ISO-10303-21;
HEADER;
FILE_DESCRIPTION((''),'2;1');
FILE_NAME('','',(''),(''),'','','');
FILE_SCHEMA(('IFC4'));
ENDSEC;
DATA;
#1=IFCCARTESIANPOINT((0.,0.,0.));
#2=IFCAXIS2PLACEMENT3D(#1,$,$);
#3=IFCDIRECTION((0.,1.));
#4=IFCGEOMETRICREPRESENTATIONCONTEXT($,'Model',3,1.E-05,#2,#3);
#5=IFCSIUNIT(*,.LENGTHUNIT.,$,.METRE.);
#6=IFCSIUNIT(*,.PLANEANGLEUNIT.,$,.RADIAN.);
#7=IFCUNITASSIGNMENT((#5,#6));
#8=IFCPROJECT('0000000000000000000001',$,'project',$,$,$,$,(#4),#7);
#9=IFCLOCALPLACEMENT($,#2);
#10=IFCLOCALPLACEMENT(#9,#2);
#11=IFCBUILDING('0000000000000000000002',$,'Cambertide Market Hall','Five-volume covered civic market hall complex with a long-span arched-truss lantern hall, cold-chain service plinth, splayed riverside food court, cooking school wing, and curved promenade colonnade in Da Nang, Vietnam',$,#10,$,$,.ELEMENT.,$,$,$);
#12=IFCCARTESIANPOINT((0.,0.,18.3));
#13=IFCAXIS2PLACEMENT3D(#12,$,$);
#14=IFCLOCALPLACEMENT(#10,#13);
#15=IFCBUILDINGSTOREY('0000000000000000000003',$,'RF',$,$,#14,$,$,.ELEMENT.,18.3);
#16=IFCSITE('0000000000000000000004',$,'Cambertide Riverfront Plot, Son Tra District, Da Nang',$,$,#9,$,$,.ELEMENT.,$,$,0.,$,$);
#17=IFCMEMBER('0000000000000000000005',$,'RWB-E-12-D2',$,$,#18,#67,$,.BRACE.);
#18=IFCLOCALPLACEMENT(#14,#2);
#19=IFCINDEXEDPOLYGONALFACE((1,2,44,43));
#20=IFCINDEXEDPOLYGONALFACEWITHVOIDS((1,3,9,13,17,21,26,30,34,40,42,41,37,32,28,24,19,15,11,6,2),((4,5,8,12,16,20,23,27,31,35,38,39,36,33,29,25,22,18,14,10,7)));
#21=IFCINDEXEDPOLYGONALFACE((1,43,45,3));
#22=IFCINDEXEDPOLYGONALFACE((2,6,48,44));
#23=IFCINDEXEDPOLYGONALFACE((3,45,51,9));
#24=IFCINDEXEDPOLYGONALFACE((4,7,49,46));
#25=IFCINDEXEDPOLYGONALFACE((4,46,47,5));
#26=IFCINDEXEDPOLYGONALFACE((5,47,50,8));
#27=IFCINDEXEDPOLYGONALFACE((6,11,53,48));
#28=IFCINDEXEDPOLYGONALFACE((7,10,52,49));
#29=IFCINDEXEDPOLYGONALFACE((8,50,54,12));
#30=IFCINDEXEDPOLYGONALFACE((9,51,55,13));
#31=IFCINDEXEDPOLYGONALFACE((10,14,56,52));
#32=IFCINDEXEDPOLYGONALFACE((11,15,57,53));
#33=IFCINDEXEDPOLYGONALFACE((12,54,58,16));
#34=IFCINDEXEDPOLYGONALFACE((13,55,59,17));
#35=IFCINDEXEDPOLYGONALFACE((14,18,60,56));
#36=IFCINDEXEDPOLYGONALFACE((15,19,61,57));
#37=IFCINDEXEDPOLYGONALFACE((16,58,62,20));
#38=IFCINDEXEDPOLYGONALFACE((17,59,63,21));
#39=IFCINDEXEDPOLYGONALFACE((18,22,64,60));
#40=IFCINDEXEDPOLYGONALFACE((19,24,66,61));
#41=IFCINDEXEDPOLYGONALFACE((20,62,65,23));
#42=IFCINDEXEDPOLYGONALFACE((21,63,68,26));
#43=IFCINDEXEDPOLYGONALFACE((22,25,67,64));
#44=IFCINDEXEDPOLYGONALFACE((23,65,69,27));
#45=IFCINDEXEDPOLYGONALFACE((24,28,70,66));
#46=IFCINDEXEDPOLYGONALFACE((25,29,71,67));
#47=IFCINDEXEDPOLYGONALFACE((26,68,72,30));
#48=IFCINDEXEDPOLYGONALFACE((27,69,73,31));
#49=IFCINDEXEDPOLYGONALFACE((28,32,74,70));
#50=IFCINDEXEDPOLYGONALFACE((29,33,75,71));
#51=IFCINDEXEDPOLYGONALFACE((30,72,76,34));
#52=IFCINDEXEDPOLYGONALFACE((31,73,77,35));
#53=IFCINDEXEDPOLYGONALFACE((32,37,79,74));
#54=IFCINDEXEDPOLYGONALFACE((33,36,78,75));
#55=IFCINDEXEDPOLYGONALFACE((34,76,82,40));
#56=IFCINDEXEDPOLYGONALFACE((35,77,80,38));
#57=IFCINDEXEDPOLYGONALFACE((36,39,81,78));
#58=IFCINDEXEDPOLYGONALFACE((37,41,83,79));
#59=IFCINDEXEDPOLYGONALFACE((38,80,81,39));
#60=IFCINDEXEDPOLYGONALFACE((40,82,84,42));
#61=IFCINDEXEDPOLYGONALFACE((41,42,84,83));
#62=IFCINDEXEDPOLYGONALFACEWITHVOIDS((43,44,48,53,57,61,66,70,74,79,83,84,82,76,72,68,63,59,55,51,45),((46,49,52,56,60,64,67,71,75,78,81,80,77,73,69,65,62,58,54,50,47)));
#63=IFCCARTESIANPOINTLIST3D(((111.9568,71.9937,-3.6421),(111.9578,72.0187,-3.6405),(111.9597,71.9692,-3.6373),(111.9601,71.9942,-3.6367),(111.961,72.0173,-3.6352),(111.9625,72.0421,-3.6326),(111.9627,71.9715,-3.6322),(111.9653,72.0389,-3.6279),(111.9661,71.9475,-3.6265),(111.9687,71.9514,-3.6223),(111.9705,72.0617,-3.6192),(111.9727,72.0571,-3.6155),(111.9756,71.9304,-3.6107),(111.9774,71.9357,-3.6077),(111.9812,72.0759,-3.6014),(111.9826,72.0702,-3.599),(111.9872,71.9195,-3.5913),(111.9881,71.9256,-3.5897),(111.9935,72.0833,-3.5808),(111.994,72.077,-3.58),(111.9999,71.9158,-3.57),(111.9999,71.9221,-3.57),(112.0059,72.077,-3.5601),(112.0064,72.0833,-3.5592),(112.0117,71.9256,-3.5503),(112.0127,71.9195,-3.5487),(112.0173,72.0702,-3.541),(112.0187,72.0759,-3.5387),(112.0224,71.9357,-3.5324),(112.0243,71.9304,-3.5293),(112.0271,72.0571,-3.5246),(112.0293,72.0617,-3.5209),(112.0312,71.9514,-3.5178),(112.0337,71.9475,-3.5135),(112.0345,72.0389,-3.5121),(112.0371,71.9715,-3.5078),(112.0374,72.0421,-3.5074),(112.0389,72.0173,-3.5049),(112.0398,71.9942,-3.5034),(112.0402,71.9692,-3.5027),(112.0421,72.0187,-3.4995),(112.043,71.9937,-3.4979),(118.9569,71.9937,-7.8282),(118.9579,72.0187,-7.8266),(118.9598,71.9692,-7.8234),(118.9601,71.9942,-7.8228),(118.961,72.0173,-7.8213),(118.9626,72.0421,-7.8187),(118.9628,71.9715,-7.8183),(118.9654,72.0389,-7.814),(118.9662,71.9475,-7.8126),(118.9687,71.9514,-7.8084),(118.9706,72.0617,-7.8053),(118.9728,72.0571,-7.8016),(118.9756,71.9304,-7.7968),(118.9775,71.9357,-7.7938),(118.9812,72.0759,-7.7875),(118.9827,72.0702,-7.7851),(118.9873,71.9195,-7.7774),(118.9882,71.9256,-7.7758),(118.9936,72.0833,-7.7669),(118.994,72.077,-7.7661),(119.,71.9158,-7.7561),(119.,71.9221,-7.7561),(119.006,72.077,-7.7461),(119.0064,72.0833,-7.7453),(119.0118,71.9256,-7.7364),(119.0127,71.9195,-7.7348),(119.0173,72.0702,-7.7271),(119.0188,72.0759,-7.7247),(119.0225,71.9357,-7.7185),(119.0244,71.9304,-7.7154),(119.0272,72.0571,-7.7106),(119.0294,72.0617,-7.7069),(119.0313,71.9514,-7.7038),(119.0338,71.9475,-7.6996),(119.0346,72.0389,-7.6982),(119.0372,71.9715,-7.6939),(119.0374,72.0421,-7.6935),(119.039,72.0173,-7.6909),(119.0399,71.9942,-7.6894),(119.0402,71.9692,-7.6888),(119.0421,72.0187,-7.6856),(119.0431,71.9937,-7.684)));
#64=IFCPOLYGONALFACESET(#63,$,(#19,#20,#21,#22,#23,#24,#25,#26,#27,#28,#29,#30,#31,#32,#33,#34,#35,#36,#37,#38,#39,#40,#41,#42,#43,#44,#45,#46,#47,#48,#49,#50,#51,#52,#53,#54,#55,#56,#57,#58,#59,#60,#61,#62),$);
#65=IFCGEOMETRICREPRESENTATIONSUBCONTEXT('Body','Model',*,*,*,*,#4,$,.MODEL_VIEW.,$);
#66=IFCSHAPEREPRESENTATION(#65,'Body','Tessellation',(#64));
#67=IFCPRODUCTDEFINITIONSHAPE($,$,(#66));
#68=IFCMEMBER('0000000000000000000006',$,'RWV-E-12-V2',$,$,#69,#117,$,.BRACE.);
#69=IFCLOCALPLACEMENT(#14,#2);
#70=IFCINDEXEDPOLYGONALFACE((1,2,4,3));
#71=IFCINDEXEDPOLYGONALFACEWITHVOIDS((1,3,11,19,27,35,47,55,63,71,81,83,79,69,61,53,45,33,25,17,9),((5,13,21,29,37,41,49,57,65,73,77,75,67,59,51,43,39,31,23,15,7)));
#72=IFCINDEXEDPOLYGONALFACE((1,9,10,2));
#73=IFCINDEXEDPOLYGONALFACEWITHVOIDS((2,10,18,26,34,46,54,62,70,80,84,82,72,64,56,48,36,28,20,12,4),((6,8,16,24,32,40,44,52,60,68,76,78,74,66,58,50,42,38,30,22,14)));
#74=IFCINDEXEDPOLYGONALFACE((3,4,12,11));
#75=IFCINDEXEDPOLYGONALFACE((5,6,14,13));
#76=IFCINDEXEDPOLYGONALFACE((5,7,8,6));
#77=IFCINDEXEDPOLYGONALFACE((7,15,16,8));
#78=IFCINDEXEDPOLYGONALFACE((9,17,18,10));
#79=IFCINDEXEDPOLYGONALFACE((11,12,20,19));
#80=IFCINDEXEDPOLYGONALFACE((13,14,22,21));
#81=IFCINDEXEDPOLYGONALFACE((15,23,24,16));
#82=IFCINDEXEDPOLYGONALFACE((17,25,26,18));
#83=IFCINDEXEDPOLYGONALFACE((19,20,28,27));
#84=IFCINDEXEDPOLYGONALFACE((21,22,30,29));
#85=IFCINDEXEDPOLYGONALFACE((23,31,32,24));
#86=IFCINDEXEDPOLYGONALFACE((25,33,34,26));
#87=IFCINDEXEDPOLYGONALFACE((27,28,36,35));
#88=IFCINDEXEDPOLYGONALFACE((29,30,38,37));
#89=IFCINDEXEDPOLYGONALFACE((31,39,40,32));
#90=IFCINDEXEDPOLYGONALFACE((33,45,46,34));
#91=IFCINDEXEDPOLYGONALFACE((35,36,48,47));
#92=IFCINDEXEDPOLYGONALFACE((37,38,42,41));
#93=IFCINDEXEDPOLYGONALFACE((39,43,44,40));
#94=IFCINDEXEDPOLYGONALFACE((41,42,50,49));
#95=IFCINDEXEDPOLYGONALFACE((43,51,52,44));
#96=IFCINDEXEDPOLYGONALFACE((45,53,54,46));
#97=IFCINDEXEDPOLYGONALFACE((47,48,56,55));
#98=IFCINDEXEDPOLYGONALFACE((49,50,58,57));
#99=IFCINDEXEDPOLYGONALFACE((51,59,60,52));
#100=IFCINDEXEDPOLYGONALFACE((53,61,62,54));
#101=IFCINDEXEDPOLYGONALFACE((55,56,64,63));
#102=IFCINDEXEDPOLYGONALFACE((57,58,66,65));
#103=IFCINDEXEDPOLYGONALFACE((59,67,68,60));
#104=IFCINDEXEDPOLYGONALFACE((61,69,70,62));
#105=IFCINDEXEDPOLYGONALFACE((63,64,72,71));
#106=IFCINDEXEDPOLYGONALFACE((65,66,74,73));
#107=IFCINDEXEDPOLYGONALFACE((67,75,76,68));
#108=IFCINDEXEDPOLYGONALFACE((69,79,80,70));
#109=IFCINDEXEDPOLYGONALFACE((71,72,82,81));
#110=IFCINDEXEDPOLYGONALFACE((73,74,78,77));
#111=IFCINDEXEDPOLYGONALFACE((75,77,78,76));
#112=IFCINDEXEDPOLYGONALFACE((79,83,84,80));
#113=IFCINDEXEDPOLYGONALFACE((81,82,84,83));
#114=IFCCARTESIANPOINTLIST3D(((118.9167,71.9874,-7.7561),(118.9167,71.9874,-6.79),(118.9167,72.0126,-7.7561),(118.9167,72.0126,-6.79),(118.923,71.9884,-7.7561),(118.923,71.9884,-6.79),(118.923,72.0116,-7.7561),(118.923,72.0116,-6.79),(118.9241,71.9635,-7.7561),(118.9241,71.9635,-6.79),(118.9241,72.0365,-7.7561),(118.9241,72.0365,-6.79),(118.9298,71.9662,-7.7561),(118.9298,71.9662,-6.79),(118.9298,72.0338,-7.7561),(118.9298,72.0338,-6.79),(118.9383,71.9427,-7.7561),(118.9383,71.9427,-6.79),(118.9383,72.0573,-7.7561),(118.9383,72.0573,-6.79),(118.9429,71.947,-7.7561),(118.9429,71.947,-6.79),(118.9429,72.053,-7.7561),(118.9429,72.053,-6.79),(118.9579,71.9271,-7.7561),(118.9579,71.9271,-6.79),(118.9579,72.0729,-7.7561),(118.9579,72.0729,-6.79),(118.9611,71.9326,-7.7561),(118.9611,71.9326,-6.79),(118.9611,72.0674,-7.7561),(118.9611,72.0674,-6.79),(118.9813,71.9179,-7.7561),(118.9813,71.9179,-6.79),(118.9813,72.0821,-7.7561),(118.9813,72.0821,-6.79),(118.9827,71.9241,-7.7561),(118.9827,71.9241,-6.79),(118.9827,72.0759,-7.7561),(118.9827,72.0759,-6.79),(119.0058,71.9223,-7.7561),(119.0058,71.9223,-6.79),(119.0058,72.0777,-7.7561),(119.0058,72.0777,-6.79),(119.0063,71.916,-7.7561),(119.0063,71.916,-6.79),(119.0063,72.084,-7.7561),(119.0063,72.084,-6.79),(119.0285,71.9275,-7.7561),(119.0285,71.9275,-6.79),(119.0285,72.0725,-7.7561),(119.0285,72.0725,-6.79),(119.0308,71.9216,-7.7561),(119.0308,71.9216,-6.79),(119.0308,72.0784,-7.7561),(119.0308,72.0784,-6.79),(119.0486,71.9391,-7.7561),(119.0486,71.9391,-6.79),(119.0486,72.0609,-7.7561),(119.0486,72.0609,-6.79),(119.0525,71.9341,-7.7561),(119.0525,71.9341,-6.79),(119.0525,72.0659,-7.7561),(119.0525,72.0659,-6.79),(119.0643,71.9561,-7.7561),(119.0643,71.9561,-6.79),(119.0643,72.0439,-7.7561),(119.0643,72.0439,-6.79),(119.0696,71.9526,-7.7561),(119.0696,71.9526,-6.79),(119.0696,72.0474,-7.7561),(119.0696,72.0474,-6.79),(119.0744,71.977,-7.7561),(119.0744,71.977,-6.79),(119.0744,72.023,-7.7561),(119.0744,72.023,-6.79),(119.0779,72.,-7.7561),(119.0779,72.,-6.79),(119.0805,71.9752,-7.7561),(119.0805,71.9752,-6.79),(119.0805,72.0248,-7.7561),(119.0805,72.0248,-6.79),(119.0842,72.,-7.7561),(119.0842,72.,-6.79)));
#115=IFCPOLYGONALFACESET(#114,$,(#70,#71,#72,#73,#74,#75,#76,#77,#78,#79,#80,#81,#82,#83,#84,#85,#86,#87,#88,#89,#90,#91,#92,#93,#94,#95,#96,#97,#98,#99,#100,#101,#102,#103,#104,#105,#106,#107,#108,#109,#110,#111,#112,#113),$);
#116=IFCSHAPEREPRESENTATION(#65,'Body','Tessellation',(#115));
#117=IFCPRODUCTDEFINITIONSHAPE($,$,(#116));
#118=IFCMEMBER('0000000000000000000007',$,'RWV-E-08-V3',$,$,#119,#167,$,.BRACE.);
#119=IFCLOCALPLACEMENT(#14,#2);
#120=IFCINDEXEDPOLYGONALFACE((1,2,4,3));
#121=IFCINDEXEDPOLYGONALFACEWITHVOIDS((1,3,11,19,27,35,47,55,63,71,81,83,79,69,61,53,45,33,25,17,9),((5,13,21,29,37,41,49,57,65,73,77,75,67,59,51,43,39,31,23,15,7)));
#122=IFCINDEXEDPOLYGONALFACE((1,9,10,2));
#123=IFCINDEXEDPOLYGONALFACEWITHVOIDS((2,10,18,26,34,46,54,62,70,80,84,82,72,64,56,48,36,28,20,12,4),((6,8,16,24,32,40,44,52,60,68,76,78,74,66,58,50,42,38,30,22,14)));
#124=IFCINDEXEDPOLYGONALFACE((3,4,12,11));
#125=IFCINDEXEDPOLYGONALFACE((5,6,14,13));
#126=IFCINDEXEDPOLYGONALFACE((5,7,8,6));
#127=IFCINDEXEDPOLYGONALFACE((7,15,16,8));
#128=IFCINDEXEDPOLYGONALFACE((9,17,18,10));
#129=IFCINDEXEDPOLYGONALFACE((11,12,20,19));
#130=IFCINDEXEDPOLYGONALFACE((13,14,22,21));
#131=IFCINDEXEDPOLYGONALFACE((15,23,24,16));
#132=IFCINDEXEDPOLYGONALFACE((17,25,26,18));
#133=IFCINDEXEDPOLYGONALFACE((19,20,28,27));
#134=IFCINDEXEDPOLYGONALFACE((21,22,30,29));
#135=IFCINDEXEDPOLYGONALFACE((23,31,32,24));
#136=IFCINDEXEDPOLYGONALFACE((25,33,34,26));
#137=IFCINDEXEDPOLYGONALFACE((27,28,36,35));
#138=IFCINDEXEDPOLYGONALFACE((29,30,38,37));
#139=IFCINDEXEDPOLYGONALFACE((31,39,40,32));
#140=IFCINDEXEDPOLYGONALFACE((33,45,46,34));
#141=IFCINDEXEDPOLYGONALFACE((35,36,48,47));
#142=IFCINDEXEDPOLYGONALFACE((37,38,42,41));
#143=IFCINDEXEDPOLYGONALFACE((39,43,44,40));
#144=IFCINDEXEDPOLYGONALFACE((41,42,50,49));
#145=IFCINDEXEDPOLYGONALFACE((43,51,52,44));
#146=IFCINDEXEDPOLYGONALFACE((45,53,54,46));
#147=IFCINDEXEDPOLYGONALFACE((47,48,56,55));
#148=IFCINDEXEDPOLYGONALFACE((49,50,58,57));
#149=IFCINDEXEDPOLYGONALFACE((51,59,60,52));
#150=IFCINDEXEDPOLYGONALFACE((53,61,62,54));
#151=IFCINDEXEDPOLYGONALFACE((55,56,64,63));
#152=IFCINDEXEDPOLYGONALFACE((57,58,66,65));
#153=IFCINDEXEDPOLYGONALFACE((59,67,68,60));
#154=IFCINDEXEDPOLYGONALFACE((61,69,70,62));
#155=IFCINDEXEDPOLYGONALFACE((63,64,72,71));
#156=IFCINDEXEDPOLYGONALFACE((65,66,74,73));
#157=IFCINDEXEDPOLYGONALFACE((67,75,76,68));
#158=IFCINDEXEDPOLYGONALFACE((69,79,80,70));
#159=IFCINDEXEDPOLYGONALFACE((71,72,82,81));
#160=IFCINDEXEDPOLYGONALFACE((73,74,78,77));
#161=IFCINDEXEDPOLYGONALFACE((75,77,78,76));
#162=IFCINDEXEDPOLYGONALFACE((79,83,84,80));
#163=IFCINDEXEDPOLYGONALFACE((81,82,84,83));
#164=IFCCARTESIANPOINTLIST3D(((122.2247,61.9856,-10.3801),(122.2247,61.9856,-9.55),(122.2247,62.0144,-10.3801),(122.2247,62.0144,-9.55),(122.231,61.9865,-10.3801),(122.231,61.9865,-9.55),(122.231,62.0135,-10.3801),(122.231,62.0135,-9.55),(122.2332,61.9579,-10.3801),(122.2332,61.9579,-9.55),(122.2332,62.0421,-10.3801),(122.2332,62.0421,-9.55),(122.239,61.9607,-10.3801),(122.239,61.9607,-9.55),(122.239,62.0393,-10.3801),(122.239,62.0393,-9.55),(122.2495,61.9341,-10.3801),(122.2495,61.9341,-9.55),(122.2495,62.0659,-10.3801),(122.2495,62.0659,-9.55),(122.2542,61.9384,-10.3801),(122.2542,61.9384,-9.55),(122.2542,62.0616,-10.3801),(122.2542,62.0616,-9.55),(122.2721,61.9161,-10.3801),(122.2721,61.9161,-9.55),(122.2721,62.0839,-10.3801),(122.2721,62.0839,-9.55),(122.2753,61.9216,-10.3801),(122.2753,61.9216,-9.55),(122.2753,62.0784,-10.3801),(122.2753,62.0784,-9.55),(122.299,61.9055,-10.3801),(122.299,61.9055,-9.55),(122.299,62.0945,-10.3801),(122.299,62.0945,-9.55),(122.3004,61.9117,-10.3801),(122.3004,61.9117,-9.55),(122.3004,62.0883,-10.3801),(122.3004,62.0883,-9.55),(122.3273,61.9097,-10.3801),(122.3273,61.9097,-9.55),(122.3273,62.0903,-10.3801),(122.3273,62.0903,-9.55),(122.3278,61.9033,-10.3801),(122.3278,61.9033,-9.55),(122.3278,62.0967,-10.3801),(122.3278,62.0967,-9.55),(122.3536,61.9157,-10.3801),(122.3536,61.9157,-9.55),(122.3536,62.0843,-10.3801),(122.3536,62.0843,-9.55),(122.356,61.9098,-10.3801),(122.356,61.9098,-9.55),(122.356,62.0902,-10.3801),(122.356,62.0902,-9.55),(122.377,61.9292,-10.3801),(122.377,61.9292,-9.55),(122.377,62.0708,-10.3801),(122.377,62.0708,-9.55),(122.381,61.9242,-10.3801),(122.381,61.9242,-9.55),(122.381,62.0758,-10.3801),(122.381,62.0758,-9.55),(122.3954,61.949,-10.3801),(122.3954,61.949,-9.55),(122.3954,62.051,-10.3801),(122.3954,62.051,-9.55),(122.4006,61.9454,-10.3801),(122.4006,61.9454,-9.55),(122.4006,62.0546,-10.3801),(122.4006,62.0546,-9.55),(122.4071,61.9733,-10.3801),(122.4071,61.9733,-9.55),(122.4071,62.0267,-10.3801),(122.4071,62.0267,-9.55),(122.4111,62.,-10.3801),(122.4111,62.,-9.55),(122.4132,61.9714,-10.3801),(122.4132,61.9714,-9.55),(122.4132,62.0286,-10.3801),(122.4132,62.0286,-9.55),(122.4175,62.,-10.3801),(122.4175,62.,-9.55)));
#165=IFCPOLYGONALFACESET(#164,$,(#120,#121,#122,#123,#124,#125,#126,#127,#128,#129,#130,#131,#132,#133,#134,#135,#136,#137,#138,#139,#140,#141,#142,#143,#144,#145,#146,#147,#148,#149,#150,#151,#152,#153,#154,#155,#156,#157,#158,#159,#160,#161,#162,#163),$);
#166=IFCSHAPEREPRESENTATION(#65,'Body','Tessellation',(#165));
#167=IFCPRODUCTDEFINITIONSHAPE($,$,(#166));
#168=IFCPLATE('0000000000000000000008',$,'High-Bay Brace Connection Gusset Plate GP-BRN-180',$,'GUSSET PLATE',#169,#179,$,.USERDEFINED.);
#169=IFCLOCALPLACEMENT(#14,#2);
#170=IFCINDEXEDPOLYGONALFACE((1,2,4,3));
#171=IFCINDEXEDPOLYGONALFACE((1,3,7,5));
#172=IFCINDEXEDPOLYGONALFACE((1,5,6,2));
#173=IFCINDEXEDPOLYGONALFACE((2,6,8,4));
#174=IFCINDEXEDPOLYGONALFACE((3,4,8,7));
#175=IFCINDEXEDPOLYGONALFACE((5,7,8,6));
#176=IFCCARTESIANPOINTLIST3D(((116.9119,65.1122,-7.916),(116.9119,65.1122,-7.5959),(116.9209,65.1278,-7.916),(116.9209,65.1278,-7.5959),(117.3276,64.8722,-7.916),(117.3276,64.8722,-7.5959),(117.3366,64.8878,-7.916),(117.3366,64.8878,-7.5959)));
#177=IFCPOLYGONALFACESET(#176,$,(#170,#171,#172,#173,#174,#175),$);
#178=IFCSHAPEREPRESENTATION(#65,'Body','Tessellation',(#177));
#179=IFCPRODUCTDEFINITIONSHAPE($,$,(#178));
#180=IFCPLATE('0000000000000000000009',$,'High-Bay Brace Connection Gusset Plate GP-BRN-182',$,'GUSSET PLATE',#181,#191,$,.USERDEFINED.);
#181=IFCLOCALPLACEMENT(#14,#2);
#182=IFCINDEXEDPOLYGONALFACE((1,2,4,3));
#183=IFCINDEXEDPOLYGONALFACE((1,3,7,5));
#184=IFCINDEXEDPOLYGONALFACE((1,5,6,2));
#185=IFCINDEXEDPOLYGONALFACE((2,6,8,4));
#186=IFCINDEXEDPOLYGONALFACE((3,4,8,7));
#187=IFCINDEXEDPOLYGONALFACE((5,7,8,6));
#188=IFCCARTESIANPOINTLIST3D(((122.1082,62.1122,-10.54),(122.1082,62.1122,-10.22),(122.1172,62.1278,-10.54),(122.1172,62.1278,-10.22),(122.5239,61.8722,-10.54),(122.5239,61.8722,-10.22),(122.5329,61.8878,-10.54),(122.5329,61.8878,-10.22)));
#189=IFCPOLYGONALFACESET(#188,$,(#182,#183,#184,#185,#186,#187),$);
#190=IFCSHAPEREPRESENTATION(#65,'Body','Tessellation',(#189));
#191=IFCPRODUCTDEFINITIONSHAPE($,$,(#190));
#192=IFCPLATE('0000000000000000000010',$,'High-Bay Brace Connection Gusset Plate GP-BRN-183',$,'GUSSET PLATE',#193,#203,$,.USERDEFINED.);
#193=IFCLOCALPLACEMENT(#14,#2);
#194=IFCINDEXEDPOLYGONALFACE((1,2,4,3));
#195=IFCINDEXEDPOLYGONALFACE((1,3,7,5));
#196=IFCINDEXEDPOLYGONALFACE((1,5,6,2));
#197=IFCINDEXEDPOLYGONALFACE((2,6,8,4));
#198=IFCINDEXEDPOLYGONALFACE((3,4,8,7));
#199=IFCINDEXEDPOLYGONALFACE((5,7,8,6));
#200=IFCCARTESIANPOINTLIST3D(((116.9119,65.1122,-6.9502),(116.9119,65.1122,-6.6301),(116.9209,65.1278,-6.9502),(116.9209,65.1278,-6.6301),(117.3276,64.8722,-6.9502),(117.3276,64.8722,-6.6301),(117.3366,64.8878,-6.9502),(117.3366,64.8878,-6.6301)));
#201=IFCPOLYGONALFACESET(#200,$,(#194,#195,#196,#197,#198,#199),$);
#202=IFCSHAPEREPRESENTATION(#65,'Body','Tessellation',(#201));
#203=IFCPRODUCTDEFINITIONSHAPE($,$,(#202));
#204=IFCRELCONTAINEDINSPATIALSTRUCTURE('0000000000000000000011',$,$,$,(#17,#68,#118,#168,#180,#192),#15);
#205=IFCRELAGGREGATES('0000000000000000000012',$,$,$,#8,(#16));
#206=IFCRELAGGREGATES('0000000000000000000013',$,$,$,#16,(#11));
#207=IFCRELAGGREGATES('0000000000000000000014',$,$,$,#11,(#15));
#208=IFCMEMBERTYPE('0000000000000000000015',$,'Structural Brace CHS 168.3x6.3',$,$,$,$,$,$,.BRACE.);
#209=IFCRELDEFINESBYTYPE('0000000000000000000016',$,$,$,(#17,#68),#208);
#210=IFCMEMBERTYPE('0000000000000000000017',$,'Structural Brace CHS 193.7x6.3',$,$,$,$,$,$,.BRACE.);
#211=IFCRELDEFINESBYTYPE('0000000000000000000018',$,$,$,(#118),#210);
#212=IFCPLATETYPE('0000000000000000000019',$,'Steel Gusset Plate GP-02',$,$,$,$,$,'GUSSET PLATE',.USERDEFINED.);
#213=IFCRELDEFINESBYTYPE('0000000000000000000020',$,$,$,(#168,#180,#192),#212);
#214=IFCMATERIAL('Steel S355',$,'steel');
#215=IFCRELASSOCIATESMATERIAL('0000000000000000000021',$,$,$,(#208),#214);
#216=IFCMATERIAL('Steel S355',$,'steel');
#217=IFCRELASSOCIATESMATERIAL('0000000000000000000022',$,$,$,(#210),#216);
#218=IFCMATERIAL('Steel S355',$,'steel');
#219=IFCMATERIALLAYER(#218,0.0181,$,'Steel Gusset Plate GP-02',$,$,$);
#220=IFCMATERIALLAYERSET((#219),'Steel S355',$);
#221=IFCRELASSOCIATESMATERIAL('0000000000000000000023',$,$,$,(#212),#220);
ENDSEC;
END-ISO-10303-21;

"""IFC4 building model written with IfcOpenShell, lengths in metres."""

from ifc_helpers import new_model, si_unit, direction, frame, origin, origin_2d, place, context, subcontext, project, spatial, rectangle, hollow_circle, extrude, material, layer, layer_set, material_profile, profile_set, type_object, element, save


model = new_model("IFC4")

# Units and contexts
model_context = context("Model", 3, precision=1e-05, world=origin(), true_north=direction((0.0, 1.0)))
body_context = subcontext(model_context, "Body", "Model", "MODEL_VIEW")
ifc_project = project(units=[si_unit("LENGTHUNIT", "METRE"), si_unit("PLANEANGLEUNIT", "RADIAN")], contexts=[model_context])

# Site, building, storey
site_placement = place(None, origin())
site = spatial("IfcSite", under=ifc_project, at=site_placement, Name="Cambertide Riverfront Plot, Son Tra District, Da Nang", CompositionType="ELEMENT", RefElevation=0.0)
building_placement = place(site_placement, origin())
building = spatial("IfcBuilding", under=site, at=building_placement, Name="Cambertide Market Hall", Description="Five-volume covered civic market hall complex with a long-span arched-truss lantern hall, cold-chain service plinth, splayed riverside food court, cooking school wing, and curved promenade colonnade in Da Nang, Vietnam", CompositionType="ELEMENT")
storey_placement = place(building_placement, frame((0.0, 0.0, 18.3)))
storey = spatial("IfcBuildingStorey", under=building, at=storey_placement, Name="RF", CompositionType="ELEMENT", Elevation=18.3)

# Members
ifc_material_1 = material(Name="Steel S355", Category="steel")
ifc_material_profile_1 = material_profile(ifc_material_1, hollow_circle(Radius=0.0842, WallThickness=0.0063, at=origin_2d()), Name="CHS 168.3x6.3")
ifc_profile_set_1 = profile_set([ifc_material_profile_1], Name="Steel S355")
member_type_1 = type_object("IfcMemberType", Name="Structural Brace CHS 168.3x6.3", PredefinedType="BRACE", material=ifc_profile_set_1)
member_1_placement = place(storey_placement, frame((119.0, 72.0, -7.7561), z_axis=(-0.858247, 0.0, 0.513236), x_axis=(0.0, -1.0, 0.0)))
element("IfcMember", 1, at=member_1_placement, inside=storey, type_object=member_type_1, Name="RWB-E-12-D2", PredefinedType="BRACE", context=body_context, shape_type="SweptSolid", body=[
    extrude(hollow_circle(Radius=0.0842, WallThickness=0.0063, at=origin_2d()), origin(), (0.0, 0.0, 1.0), 8.1562),
])
member_2_placement = place(storey_placement, frame((119.0, 72.0, -7.7561), z_axis=(0.0, 0.0, 1.0), x_axis=(1.0, 0.0, 0.0)))
element("IfcMember", 2, at=member_2_placement, inside=storey, type_object=member_type_1, Name="RWV-E-12-V2", PredefinedType="BRACE", context=body_context, shape_type="SweptSolid", body=[
    extrude(hollow_circle(Radius=0.0842, WallThickness=0.0063, at=origin_2d()), origin(), (0.0, 0.0, 1.0), 0.9661),
])
ifc_material_2 = material(Name="Steel S355", Category="steel")
ifc_material_profile_2 = material_profile(ifc_material_2, hollow_circle(Radius=0.0969, WallThickness=0.0063, at=origin_2d()), Name="CHS 193.7x6.3")
ifc_profile_set_2 = profile_set([ifc_material_profile_2], Name="Steel S355")
member_type_2 = type_object("IfcMemberType", Name="Structural Brace CHS 193.7x6.3", PredefinedType="BRACE", material=ifc_profile_set_2)
member_3_placement = place(storey_placement, frame((122.3206, 62.0, -10.3801), z_axis=(0.0, 0.0, 1.0), x_axis=(1.0, 0.0, 0.0)))
element("IfcMember", 3, at=member_3_placement, inside=storey, type_object=member_type_2, Name="RWV-E-08-V3", PredefinedType="BRACE", context=body_context, shape_type="SweptSolid", body=[
    extrude(hollow_circle(Radius=0.0969, WallThickness=0.0063, at=origin_2d()), origin(), (0.0, 0.0, 1.0), 0.8301),
])

# Plates
ifc_material_3 = material(Name="Steel S355", Category="steel")
ifc_layer = layer(ifc_material_3, 0.0181, Name="Steel Gusset Plate GP-02")
ifc_layer_set = layer_set([ifc_layer], Name="Steel S355")
plate_type = type_object("IfcPlateType", Name="Steel Gusset Plate GP-02", ElementType="GUSSET PLATE", PredefinedType="USERDEFINED", material=ifc_layer_set)
for number, where, z_axis, x_axis, name in (
    (4, (117.1243, 65.0, -7.916), (0.0, 0.0, 1.0), (-0.866025, 0.5, 0.0), "High-Bay Brace Connection Gusset Plate GP-BRN-180"),
    (5, (122.3206, 62.0, -10.54), (0.0, 0.0, 1.0), (-0.866025, 0.5, 0.0), "High-Bay Brace Connection Gusset Plate GP-BRN-182"),
    (6, (117.1243, 65.0, -6.9502), (0.0, 0.0, 1.0), (-0.866025, 0.5, 0.0), "High-Bay Brace Connection Gusset Plate GP-BRN-183"),
):
    element("IfcPlate", number, at=place(storey_placement, frame(where, z_axis=z_axis, x_axis=x_axis)), inside=storey, type_object=plate_type, Name=name, ObjectType="GUSSET PLATE", PredefinedType="USERDEFINED", context=body_context, shape_type="SweptSolid", body=[
        extrude(rectangle(XDim=0.48, YDim=0.0181, at=origin_2d()), origin(), (0.0, 0.0, 1.0), 0.3201),
    ])

save(model, "model.ifc")
